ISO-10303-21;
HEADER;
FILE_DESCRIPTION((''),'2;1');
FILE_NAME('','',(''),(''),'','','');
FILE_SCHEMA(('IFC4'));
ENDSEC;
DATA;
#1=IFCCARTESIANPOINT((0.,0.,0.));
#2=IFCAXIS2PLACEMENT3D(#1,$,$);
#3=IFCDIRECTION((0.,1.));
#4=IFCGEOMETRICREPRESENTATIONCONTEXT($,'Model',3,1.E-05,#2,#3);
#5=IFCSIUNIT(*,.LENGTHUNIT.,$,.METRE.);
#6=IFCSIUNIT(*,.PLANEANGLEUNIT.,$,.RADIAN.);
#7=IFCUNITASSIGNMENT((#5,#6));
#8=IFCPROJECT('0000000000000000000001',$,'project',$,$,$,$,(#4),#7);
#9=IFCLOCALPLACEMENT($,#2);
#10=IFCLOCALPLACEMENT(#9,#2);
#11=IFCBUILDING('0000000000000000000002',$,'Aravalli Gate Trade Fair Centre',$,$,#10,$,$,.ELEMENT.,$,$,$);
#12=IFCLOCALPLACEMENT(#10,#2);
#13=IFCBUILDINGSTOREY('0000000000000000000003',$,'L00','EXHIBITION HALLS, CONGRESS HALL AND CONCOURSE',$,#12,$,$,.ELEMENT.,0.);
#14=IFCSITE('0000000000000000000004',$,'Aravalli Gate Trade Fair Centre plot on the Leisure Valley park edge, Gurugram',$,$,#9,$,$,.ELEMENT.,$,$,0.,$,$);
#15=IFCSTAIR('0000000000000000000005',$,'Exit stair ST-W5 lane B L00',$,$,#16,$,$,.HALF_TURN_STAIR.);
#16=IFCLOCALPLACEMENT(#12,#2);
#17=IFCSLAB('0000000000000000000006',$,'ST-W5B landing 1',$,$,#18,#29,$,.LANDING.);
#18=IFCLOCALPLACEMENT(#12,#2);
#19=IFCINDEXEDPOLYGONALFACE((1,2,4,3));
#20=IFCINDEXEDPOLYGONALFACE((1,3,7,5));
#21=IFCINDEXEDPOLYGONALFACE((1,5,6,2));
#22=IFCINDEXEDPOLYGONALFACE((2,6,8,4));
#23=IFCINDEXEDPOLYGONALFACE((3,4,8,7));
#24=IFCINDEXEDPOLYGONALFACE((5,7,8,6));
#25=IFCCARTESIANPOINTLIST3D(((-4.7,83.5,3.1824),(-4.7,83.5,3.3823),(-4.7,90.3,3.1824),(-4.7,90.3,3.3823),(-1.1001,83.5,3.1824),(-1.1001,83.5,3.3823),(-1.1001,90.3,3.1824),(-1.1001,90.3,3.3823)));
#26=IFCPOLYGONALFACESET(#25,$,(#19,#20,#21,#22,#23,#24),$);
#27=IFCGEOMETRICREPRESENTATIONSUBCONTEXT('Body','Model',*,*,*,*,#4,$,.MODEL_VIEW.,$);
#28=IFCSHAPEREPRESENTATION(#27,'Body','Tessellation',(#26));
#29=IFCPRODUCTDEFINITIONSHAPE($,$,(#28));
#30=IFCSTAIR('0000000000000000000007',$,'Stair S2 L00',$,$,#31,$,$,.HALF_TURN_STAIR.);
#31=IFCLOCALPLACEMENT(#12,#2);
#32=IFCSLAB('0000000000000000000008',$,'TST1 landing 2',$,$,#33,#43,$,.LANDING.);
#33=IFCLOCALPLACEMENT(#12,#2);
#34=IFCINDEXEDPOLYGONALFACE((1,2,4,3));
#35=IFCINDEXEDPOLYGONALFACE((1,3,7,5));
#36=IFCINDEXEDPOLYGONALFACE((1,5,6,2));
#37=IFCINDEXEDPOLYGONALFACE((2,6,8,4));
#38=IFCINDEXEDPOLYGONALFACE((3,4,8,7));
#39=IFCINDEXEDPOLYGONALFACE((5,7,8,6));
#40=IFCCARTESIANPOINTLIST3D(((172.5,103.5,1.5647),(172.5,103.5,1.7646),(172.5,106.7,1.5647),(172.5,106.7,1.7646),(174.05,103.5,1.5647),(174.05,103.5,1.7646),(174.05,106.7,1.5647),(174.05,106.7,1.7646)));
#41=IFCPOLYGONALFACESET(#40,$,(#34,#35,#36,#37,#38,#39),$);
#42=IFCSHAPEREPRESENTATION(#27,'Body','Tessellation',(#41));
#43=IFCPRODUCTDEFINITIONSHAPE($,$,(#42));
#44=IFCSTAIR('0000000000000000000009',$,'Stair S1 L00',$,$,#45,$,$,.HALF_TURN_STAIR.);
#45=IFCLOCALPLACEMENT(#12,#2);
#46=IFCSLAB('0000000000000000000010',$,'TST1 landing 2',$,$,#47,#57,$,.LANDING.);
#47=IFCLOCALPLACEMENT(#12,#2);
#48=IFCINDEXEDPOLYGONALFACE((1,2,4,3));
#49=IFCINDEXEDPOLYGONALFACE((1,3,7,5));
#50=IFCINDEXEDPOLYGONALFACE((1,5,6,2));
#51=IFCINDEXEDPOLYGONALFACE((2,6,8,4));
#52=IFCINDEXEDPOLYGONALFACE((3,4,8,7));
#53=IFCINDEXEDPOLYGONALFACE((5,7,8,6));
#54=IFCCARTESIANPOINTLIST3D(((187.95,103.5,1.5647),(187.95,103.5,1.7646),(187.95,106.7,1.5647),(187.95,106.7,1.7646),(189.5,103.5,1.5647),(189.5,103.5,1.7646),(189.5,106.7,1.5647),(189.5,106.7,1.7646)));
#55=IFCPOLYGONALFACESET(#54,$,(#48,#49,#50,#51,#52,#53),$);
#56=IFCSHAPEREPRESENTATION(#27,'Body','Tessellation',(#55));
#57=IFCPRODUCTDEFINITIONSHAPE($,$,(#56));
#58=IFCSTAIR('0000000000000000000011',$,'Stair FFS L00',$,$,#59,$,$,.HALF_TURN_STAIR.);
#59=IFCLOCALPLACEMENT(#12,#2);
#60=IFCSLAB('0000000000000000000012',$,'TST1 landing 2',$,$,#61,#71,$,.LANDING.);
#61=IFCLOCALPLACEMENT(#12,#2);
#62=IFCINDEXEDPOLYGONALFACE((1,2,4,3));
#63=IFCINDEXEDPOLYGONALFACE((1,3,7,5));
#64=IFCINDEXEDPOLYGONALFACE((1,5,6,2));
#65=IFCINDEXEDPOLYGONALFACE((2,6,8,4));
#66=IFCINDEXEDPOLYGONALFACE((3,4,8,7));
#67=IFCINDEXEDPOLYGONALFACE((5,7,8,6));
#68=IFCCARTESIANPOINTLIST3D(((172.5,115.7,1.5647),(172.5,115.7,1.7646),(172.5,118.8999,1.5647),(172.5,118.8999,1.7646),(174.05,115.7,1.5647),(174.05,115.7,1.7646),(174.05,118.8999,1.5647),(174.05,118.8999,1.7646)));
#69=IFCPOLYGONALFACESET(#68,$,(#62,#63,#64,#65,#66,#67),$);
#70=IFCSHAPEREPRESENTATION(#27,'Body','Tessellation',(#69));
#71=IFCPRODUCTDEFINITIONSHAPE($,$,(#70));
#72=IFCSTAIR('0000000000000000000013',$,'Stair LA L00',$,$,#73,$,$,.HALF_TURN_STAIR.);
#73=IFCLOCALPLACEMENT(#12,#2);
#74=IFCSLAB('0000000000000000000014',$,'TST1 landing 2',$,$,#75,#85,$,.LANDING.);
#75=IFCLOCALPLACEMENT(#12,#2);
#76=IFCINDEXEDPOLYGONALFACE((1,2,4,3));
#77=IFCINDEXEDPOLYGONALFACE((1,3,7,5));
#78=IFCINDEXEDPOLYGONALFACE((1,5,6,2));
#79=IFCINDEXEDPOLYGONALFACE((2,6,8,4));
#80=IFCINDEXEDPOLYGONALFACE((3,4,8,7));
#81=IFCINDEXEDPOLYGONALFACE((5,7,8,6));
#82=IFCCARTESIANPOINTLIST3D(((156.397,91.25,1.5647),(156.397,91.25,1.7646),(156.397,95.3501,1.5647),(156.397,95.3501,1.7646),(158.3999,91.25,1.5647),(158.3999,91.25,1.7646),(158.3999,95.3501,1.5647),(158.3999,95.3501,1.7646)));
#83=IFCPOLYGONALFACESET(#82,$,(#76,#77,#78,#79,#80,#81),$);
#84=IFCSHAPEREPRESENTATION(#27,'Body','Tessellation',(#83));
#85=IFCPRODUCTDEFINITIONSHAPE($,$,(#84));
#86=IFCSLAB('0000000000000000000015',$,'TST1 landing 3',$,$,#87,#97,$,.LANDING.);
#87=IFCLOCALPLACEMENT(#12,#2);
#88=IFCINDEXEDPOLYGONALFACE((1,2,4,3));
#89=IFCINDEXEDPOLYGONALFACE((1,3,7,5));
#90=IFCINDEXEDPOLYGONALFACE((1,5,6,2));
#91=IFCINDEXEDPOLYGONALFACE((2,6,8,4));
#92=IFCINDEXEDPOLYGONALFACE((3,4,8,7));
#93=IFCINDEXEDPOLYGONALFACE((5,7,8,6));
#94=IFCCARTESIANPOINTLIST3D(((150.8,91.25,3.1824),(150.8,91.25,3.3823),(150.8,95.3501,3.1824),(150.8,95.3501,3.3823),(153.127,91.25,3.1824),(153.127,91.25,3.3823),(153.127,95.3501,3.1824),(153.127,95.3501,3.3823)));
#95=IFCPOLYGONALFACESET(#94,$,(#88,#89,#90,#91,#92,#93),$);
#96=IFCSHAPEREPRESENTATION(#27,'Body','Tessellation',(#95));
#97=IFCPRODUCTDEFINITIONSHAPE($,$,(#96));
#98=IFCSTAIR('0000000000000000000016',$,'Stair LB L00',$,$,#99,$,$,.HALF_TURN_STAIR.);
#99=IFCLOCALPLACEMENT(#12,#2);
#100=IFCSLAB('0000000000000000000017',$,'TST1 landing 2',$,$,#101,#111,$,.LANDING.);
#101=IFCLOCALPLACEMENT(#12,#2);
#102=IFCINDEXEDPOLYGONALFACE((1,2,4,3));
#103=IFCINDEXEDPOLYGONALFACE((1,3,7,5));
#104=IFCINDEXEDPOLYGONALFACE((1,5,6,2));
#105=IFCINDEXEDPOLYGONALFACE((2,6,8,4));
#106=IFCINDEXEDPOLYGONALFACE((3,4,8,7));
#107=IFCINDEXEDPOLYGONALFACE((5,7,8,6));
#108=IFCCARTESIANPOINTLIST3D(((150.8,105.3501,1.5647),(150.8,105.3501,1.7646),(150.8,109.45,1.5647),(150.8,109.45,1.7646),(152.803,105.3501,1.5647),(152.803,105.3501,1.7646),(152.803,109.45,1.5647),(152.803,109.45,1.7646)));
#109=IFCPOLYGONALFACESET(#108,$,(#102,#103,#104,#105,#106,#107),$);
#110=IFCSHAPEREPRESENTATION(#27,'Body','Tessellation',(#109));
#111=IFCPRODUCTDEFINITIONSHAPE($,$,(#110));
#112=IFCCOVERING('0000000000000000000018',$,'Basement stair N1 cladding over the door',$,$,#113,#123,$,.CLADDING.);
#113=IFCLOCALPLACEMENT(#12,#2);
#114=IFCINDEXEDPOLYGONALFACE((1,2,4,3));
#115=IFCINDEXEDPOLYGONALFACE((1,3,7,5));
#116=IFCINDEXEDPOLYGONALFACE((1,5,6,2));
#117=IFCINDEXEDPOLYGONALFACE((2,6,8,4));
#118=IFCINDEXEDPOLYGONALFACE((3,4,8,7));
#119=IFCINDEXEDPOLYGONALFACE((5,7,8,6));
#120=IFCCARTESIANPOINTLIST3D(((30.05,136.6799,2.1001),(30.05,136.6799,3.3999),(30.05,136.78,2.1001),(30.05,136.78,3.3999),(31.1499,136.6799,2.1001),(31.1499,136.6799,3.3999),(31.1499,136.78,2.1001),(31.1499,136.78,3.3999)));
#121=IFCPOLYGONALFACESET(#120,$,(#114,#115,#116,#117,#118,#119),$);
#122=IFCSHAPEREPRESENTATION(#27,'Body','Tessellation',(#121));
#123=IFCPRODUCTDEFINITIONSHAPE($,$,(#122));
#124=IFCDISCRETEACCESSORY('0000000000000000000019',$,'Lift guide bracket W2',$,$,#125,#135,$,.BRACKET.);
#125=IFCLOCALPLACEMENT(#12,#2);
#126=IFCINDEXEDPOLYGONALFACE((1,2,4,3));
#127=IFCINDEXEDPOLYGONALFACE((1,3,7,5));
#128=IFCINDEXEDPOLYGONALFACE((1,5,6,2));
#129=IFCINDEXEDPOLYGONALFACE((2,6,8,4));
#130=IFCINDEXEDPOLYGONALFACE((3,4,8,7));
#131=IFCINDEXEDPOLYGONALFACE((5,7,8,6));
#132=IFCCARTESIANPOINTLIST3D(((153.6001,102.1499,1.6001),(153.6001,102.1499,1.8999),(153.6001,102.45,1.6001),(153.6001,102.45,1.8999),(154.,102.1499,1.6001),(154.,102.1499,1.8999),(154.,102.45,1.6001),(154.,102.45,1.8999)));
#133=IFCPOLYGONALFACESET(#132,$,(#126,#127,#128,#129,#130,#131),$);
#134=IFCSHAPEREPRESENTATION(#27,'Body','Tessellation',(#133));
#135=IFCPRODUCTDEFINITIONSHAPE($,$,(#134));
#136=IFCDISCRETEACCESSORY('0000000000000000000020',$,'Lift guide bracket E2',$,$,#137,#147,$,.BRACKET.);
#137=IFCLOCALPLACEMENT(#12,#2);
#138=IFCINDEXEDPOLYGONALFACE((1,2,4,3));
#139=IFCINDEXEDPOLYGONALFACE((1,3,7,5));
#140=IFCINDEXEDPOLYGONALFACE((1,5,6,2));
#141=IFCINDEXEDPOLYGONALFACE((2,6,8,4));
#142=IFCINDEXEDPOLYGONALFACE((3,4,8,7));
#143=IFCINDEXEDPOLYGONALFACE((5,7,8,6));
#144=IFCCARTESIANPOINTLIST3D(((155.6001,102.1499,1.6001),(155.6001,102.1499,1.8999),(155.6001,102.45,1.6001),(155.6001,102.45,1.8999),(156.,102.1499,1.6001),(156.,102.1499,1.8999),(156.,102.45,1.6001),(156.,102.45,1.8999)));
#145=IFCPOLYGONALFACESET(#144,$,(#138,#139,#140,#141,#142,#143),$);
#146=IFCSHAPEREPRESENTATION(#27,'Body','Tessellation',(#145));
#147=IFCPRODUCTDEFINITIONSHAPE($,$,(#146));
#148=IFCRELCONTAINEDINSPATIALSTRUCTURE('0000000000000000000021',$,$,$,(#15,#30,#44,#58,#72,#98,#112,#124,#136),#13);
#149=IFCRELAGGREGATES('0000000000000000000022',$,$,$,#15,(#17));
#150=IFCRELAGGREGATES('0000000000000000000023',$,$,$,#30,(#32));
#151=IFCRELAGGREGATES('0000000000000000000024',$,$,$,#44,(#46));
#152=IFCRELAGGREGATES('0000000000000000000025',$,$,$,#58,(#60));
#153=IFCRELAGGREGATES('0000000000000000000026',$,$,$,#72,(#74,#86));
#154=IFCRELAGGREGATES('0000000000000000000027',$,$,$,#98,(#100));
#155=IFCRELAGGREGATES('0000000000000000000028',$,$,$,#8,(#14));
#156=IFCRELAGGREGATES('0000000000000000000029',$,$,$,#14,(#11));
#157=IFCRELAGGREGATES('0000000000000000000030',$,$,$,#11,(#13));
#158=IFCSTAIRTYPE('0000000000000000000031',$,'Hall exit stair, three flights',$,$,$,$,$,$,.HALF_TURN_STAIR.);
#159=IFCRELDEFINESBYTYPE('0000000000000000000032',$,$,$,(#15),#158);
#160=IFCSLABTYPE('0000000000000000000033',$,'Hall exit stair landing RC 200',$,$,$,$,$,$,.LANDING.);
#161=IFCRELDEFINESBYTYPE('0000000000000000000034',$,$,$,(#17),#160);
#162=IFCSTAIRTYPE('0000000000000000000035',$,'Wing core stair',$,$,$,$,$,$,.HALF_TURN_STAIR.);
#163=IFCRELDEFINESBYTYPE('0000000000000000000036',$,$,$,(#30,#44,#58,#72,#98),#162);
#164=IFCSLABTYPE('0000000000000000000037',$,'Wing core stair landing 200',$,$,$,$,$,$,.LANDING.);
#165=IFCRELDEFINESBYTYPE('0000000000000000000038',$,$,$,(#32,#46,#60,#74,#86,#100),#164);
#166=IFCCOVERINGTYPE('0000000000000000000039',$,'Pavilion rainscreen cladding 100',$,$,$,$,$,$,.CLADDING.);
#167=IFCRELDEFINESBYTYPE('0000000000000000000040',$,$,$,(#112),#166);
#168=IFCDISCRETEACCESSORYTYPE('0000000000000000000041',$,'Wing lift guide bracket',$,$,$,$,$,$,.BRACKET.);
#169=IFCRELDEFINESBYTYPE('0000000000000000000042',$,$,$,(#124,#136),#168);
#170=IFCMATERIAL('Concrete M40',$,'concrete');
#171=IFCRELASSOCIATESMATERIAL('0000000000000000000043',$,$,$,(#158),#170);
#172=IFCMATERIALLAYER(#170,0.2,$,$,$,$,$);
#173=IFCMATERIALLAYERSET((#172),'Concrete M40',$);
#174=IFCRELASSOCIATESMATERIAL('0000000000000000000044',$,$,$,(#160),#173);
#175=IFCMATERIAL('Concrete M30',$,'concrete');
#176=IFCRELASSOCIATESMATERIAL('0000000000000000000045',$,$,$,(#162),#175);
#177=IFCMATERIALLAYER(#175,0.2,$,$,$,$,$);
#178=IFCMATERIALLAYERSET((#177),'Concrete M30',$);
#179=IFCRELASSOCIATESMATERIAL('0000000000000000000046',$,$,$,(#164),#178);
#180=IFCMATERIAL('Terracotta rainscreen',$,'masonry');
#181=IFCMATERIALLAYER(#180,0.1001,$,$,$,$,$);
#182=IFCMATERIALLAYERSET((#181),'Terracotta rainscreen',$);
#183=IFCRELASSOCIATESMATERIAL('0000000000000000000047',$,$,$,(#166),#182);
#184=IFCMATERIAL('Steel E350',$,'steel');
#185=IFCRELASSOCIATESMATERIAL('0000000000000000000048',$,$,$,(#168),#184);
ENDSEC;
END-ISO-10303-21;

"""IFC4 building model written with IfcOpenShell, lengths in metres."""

from ifc_helpers import new_model, si_unit, direction, frame, origin, place, context, subcontext, project, spatial, polyline, outline, extrude, material, layer, layer_set, type_object, element, aggregate, save


model = new_model("IFC4")

# Units and contexts
model_context = context("Model", 3, precision=1e-05, world=origin(), true_north=direction((0.0, 1.0)))
body_context = subcontext(model_context, "Body", "Model", "MODEL_VIEW")
ifc_project = project(units=[si_unit("LENGTHUNIT", "METRE"), si_unit("PLANEANGLEUNIT", "RADIAN")], contexts=[model_context])

# Site, building, storey
site_placement = place(None, origin())
site = spatial("IfcSite", under=ifc_project, at=site_placement, Name="Aravalli Gate Trade Fair Centre plot on the Leisure Valley park edge, Gurugram", CompositionType="ELEMENT", RefElevation=0.0)
building_placement = place(site_placement, origin())
building = spatial("IfcBuilding", under=site, at=building_placement, Name="Aravalli Gate Trade Fair Centre", CompositionType="ELEMENT")
storey_placement = place(building_placement, origin())
storey = spatial("IfcBuildingStorey", under=building, at=storey_placement, Name="L00", Description="EXHIBITION HALLS, CONGRESS HALL AND CONCOURSE", CompositionType="ELEMENT", Elevation=0.0)

# Stairs, slabs
ifc_material_1 = material(Name="Concrete M30", Category="concrete")
ifc_material_2 = material(Name="Concrete M40", Category="concrete")
stair_type_1 = type_object("IfcStairType", Name="Hall exit stair, three flights", PredefinedType="HALF_TURN_STAIR", material=ifc_material_2)
ifc_layer_1 = layer(ifc_material_2, 0.2)
ifc_layer_set_1 = layer_set([ifc_layer_1], Name="Concrete M40")
slab_type_1 = type_object("IfcSlabType", Name="Hall exit stair landing RC 200", PredefinedType="LANDING", material=ifc_layer_set_1)
stair_1_placement = place(storey_placement, origin())
stair_1 = element("IfcStair", 1, at=stair_1_placement, inside=storey, type_object=stair_type_1, Name="Exit stair ST-W5 lane B L00", PredefinedType="HALF_TURN_STAIR")
slab_1_placement = place(storey_placement, frame((0.0, 0.0, 3.1824)))
slab_1 = element("IfcSlab", 2, at=slab_1_placement, type_object=slab_type_1, Name="ST-W5B landing 1", PredefinedType="LANDING", context=body_context, shape_type="SweptSolid", body=[
    extrude(outline(polyline([(-1.1001, 83.5), (-1.1001, 90.3), (-4.7, 90.3), (-4.7, 83.5), (-1.1001, 83.5)])), origin(), (0.0, 0.0, 1.0), 0.2),
])
aggregate(stair_1, [slab_1])
stair_type_2 = type_object("IfcStairType", Name="Wing core stair", PredefinedType="HALF_TURN_STAIR", material=ifc_material_1)
stair_2_placement = place(storey_placement, origin())
stair_2 = element("IfcStair", 3, at=stair_2_placement, inside=storey, type_object=stair_type_2, Name="Stair S2 L00", PredefinedType="HALF_TURN_STAIR")
ifc_layer_2 = layer(ifc_material_1, 0.2)
ifc_layer_set_2 = layer_set([ifc_layer_2], Name="Concrete M30")
slab_type_2 = type_object("IfcSlabType", Name="Wing core stair landing 200", PredefinedType="LANDING", material=ifc_layer_set_2)
slab_2_placement = place(storey_placement, frame((0.0, 0.0, 1.5647)))
slab_2 = element("IfcSlab", 4, at=slab_2_placement, type_object=slab_type_2, Name="TST1 landing 2", PredefinedType="LANDING", context=body_context, shape_type="SweptSolid", body=[
    extrude(outline(polyline([(172.5, 103.5), (174.05, 103.5), (174.05, 106.7), (172.5, 106.7), (172.5, 103.5)])), origin(), (0.0, 0.0, 1.0), 0.2),
])
aggregate(stair_2, [slab_2])
stair_3_placement = place(storey_placement, origin())
stair_3 = element("IfcStair", 5, at=stair_3_placement, inside=storey, type_object=stair_type_2, Name="Stair S1 L00", PredefinedType="HALF_TURN_STAIR")
slab_3_placement = place(storey_placement, frame((0.0, 0.0, 1.5647)))
slab_3 = element("IfcSlab", 6, at=slab_3_placement, type_object=slab_type_2, Name="TST1 landing 2", PredefinedType="LANDING", context=body_context, shape_type="SweptSolid", body=[
    extrude(outline(polyline([(187.95, 103.5), (189.5, 103.5), (189.5, 106.7), (187.95, 106.7), (187.95, 103.5)])), origin(), (0.0, 0.0, 1.0), 0.2),
])
aggregate(stair_3, [slab_3])
stair_4_placement = place(storey_placement, origin())
stair_4 = element("IfcStair", 7, at=stair_4_placement, inside=storey, type_object=stair_type_2, Name="Stair FFS L00", PredefinedType="HALF_TURN_STAIR")
slab_4_placement = place(storey_placement, frame((0.0, 0.0, 1.5647)))
slab_4 = element("IfcSlab", 8, at=slab_4_placement, type_object=slab_type_2, Name="TST1 landing 2", PredefinedType="LANDING", context=body_context, shape_type="SweptSolid", body=[
    extrude(outline(polyline([(172.5, 115.7), (174.05, 115.7), (174.05, 118.8999), (172.5, 118.8999), (172.5, 115.7)])), origin(), (0.0, 0.0, 1.0), 0.2),
])
aggregate(stair_4, [slab_4])

# Stair, slabs
stair_5_placement = place(storey_placement, origin())
stair_5 = element("IfcStair", 9, at=stair_5_placement, inside=storey, type_object=stair_type_2, Name="Stair LA L00", PredefinedType="HALF_TURN_STAIR")
slab_5_placement = place(storey_placement, frame((0.0, 0.0, 1.5647)))
slab_5 = element("IfcSlab", 10, at=slab_5_placement, type_object=slab_type_2, Name="TST1 landing 2", PredefinedType="LANDING", context=body_context, shape_type="SweptSolid", body=[
    extrude(outline(polyline([(156.397, 91.25), (158.3999, 91.25), (158.3999, 95.3501), (156.397, 95.3501), (156.397, 91.25)])), origin(), (0.0, 0.0, 1.0), 0.2),
])
slab_6_placement = place(storey_placement, frame((0.0, 0.0, 3.1824)))
slab_6 = element("IfcSlab", 11, at=slab_6_placement, type_object=slab_type_2, Name="TST1 landing 3", PredefinedType="LANDING", context=body_context, shape_type="SweptSolid", body=[
    extrude(outline(polyline([(150.8, 91.25), (153.127, 91.25), (153.127, 95.3501), (150.8, 95.3501), (150.8, 91.25)])), origin(), (0.0, 0.0, 1.0), 0.2),
])
aggregate(stair_5, [slab_5, slab_6])

# Stair, slab
stair_6_placement = place(storey_placement, origin())
stair_6 = element("IfcStair", 12, at=stair_6_placement, inside=storey, type_object=stair_type_2, Name="Stair LB L00", PredefinedType="HALF_TURN_STAIR")
slab_7_placement = place(storey_placement, frame((0.0, 0.0, 1.5647)))
slab_7 = element("IfcSlab", 13, at=slab_7_placement, type_object=slab_type_2, Name="TST1 landing 2", PredefinedType="LANDING", context=body_context, shape_type="SweptSolid", body=[
    extrude(outline(polyline([(150.8, 105.3501), (152.803, 105.3501), (152.803, 109.45), (150.8, 109.45), (150.8, 105.3501)])), origin(), (0.0, 0.0, 1.0), 0.2),
])
aggregate(stair_6, [slab_7])

# Covering
ifc_material_3 = material(Name="Terracotta rainscreen", Category="masonry")
ifc_layer_3 = layer(ifc_material_3, 0.1001)
ifc_layer_set_3 = layer_set([ifc_layer_3], Name="Terracotta rainscreen")
covering_type = type_object("IfcCoveringType", Name="Pavilion rainscreen cladding 100", PredefinedType="CLADDING", material=ifc_layer_set_3)
covering_placement = place(storey_placement, frame((0.0, 0.0, 2.1001)))
element("IfcCovering", 14, at=covering_placement, inside=storey, type_object=covering_type, Name="Basement stair N1 cladding over the door", PredefinedType="CLADDING", context=body_context, shape_type="SweptSolid", body=[
    extrude(outline(polyline([(31.1499, 136.6799), (30.05, 136.6799), (30.05, 136.78), (31.1499, 136.78), (31.1499, 136.6799)])), origin(), (0.0, 0.0, 1.0), 1.2998),
])

# Discrete accessories
ifc_material_4 = material(Name="Steel E350", Category="steel")
discrete_accessory_type = type_object("IfcDiscreteAccessoryType", Name="Wing lift guide bracket", PredefinedType="BRACKET", material=ifc_material_4)
discrete_accessory_1_placement = place(storey_placement, frame((0.0, 0.0, 1.6001)))
element("IfcDiscreteAccessory", 15, at=discrete_accessory_1_placement, inside=storey, type_object=discrete_accessory_type, Name="Lift guide bracket W2", PredefinedType="BRACKET", context=body_context, shape_type="SweptSolid", body=[
    extrude(outline(polyline([(153.6001, 102.1499), (154.0, 102.1499), (154.0, 102.45), (153.6001, 102.45), (153.6001, 102.1499)])), origin(), (0.0, 0.0, 1.0), 0.2998),
])
discrete_accessory_2_placement = place(storey_placement, frame((0.0, 0.0, 1.6001)))
element("IfcDiscreteAccessory", 16, at=discrete_accessory_2_placement, inside=storey, type_object=discrete_accessory_type, Name="Lift guide bracket E2", PredefinedType="BRACKET", context=body_context, shape_type="SweptSolid", body=[
    extrude(outline(polyline([(155.6001, 102.1499), (156.0, 102.1499), (156.0, 102.45), (155.6001, 102.45), (155.6001, 102.1499)])), origin(), (0.0, 0.0, 1.0), 0.2998),
])

save(model, "model.ifc")
